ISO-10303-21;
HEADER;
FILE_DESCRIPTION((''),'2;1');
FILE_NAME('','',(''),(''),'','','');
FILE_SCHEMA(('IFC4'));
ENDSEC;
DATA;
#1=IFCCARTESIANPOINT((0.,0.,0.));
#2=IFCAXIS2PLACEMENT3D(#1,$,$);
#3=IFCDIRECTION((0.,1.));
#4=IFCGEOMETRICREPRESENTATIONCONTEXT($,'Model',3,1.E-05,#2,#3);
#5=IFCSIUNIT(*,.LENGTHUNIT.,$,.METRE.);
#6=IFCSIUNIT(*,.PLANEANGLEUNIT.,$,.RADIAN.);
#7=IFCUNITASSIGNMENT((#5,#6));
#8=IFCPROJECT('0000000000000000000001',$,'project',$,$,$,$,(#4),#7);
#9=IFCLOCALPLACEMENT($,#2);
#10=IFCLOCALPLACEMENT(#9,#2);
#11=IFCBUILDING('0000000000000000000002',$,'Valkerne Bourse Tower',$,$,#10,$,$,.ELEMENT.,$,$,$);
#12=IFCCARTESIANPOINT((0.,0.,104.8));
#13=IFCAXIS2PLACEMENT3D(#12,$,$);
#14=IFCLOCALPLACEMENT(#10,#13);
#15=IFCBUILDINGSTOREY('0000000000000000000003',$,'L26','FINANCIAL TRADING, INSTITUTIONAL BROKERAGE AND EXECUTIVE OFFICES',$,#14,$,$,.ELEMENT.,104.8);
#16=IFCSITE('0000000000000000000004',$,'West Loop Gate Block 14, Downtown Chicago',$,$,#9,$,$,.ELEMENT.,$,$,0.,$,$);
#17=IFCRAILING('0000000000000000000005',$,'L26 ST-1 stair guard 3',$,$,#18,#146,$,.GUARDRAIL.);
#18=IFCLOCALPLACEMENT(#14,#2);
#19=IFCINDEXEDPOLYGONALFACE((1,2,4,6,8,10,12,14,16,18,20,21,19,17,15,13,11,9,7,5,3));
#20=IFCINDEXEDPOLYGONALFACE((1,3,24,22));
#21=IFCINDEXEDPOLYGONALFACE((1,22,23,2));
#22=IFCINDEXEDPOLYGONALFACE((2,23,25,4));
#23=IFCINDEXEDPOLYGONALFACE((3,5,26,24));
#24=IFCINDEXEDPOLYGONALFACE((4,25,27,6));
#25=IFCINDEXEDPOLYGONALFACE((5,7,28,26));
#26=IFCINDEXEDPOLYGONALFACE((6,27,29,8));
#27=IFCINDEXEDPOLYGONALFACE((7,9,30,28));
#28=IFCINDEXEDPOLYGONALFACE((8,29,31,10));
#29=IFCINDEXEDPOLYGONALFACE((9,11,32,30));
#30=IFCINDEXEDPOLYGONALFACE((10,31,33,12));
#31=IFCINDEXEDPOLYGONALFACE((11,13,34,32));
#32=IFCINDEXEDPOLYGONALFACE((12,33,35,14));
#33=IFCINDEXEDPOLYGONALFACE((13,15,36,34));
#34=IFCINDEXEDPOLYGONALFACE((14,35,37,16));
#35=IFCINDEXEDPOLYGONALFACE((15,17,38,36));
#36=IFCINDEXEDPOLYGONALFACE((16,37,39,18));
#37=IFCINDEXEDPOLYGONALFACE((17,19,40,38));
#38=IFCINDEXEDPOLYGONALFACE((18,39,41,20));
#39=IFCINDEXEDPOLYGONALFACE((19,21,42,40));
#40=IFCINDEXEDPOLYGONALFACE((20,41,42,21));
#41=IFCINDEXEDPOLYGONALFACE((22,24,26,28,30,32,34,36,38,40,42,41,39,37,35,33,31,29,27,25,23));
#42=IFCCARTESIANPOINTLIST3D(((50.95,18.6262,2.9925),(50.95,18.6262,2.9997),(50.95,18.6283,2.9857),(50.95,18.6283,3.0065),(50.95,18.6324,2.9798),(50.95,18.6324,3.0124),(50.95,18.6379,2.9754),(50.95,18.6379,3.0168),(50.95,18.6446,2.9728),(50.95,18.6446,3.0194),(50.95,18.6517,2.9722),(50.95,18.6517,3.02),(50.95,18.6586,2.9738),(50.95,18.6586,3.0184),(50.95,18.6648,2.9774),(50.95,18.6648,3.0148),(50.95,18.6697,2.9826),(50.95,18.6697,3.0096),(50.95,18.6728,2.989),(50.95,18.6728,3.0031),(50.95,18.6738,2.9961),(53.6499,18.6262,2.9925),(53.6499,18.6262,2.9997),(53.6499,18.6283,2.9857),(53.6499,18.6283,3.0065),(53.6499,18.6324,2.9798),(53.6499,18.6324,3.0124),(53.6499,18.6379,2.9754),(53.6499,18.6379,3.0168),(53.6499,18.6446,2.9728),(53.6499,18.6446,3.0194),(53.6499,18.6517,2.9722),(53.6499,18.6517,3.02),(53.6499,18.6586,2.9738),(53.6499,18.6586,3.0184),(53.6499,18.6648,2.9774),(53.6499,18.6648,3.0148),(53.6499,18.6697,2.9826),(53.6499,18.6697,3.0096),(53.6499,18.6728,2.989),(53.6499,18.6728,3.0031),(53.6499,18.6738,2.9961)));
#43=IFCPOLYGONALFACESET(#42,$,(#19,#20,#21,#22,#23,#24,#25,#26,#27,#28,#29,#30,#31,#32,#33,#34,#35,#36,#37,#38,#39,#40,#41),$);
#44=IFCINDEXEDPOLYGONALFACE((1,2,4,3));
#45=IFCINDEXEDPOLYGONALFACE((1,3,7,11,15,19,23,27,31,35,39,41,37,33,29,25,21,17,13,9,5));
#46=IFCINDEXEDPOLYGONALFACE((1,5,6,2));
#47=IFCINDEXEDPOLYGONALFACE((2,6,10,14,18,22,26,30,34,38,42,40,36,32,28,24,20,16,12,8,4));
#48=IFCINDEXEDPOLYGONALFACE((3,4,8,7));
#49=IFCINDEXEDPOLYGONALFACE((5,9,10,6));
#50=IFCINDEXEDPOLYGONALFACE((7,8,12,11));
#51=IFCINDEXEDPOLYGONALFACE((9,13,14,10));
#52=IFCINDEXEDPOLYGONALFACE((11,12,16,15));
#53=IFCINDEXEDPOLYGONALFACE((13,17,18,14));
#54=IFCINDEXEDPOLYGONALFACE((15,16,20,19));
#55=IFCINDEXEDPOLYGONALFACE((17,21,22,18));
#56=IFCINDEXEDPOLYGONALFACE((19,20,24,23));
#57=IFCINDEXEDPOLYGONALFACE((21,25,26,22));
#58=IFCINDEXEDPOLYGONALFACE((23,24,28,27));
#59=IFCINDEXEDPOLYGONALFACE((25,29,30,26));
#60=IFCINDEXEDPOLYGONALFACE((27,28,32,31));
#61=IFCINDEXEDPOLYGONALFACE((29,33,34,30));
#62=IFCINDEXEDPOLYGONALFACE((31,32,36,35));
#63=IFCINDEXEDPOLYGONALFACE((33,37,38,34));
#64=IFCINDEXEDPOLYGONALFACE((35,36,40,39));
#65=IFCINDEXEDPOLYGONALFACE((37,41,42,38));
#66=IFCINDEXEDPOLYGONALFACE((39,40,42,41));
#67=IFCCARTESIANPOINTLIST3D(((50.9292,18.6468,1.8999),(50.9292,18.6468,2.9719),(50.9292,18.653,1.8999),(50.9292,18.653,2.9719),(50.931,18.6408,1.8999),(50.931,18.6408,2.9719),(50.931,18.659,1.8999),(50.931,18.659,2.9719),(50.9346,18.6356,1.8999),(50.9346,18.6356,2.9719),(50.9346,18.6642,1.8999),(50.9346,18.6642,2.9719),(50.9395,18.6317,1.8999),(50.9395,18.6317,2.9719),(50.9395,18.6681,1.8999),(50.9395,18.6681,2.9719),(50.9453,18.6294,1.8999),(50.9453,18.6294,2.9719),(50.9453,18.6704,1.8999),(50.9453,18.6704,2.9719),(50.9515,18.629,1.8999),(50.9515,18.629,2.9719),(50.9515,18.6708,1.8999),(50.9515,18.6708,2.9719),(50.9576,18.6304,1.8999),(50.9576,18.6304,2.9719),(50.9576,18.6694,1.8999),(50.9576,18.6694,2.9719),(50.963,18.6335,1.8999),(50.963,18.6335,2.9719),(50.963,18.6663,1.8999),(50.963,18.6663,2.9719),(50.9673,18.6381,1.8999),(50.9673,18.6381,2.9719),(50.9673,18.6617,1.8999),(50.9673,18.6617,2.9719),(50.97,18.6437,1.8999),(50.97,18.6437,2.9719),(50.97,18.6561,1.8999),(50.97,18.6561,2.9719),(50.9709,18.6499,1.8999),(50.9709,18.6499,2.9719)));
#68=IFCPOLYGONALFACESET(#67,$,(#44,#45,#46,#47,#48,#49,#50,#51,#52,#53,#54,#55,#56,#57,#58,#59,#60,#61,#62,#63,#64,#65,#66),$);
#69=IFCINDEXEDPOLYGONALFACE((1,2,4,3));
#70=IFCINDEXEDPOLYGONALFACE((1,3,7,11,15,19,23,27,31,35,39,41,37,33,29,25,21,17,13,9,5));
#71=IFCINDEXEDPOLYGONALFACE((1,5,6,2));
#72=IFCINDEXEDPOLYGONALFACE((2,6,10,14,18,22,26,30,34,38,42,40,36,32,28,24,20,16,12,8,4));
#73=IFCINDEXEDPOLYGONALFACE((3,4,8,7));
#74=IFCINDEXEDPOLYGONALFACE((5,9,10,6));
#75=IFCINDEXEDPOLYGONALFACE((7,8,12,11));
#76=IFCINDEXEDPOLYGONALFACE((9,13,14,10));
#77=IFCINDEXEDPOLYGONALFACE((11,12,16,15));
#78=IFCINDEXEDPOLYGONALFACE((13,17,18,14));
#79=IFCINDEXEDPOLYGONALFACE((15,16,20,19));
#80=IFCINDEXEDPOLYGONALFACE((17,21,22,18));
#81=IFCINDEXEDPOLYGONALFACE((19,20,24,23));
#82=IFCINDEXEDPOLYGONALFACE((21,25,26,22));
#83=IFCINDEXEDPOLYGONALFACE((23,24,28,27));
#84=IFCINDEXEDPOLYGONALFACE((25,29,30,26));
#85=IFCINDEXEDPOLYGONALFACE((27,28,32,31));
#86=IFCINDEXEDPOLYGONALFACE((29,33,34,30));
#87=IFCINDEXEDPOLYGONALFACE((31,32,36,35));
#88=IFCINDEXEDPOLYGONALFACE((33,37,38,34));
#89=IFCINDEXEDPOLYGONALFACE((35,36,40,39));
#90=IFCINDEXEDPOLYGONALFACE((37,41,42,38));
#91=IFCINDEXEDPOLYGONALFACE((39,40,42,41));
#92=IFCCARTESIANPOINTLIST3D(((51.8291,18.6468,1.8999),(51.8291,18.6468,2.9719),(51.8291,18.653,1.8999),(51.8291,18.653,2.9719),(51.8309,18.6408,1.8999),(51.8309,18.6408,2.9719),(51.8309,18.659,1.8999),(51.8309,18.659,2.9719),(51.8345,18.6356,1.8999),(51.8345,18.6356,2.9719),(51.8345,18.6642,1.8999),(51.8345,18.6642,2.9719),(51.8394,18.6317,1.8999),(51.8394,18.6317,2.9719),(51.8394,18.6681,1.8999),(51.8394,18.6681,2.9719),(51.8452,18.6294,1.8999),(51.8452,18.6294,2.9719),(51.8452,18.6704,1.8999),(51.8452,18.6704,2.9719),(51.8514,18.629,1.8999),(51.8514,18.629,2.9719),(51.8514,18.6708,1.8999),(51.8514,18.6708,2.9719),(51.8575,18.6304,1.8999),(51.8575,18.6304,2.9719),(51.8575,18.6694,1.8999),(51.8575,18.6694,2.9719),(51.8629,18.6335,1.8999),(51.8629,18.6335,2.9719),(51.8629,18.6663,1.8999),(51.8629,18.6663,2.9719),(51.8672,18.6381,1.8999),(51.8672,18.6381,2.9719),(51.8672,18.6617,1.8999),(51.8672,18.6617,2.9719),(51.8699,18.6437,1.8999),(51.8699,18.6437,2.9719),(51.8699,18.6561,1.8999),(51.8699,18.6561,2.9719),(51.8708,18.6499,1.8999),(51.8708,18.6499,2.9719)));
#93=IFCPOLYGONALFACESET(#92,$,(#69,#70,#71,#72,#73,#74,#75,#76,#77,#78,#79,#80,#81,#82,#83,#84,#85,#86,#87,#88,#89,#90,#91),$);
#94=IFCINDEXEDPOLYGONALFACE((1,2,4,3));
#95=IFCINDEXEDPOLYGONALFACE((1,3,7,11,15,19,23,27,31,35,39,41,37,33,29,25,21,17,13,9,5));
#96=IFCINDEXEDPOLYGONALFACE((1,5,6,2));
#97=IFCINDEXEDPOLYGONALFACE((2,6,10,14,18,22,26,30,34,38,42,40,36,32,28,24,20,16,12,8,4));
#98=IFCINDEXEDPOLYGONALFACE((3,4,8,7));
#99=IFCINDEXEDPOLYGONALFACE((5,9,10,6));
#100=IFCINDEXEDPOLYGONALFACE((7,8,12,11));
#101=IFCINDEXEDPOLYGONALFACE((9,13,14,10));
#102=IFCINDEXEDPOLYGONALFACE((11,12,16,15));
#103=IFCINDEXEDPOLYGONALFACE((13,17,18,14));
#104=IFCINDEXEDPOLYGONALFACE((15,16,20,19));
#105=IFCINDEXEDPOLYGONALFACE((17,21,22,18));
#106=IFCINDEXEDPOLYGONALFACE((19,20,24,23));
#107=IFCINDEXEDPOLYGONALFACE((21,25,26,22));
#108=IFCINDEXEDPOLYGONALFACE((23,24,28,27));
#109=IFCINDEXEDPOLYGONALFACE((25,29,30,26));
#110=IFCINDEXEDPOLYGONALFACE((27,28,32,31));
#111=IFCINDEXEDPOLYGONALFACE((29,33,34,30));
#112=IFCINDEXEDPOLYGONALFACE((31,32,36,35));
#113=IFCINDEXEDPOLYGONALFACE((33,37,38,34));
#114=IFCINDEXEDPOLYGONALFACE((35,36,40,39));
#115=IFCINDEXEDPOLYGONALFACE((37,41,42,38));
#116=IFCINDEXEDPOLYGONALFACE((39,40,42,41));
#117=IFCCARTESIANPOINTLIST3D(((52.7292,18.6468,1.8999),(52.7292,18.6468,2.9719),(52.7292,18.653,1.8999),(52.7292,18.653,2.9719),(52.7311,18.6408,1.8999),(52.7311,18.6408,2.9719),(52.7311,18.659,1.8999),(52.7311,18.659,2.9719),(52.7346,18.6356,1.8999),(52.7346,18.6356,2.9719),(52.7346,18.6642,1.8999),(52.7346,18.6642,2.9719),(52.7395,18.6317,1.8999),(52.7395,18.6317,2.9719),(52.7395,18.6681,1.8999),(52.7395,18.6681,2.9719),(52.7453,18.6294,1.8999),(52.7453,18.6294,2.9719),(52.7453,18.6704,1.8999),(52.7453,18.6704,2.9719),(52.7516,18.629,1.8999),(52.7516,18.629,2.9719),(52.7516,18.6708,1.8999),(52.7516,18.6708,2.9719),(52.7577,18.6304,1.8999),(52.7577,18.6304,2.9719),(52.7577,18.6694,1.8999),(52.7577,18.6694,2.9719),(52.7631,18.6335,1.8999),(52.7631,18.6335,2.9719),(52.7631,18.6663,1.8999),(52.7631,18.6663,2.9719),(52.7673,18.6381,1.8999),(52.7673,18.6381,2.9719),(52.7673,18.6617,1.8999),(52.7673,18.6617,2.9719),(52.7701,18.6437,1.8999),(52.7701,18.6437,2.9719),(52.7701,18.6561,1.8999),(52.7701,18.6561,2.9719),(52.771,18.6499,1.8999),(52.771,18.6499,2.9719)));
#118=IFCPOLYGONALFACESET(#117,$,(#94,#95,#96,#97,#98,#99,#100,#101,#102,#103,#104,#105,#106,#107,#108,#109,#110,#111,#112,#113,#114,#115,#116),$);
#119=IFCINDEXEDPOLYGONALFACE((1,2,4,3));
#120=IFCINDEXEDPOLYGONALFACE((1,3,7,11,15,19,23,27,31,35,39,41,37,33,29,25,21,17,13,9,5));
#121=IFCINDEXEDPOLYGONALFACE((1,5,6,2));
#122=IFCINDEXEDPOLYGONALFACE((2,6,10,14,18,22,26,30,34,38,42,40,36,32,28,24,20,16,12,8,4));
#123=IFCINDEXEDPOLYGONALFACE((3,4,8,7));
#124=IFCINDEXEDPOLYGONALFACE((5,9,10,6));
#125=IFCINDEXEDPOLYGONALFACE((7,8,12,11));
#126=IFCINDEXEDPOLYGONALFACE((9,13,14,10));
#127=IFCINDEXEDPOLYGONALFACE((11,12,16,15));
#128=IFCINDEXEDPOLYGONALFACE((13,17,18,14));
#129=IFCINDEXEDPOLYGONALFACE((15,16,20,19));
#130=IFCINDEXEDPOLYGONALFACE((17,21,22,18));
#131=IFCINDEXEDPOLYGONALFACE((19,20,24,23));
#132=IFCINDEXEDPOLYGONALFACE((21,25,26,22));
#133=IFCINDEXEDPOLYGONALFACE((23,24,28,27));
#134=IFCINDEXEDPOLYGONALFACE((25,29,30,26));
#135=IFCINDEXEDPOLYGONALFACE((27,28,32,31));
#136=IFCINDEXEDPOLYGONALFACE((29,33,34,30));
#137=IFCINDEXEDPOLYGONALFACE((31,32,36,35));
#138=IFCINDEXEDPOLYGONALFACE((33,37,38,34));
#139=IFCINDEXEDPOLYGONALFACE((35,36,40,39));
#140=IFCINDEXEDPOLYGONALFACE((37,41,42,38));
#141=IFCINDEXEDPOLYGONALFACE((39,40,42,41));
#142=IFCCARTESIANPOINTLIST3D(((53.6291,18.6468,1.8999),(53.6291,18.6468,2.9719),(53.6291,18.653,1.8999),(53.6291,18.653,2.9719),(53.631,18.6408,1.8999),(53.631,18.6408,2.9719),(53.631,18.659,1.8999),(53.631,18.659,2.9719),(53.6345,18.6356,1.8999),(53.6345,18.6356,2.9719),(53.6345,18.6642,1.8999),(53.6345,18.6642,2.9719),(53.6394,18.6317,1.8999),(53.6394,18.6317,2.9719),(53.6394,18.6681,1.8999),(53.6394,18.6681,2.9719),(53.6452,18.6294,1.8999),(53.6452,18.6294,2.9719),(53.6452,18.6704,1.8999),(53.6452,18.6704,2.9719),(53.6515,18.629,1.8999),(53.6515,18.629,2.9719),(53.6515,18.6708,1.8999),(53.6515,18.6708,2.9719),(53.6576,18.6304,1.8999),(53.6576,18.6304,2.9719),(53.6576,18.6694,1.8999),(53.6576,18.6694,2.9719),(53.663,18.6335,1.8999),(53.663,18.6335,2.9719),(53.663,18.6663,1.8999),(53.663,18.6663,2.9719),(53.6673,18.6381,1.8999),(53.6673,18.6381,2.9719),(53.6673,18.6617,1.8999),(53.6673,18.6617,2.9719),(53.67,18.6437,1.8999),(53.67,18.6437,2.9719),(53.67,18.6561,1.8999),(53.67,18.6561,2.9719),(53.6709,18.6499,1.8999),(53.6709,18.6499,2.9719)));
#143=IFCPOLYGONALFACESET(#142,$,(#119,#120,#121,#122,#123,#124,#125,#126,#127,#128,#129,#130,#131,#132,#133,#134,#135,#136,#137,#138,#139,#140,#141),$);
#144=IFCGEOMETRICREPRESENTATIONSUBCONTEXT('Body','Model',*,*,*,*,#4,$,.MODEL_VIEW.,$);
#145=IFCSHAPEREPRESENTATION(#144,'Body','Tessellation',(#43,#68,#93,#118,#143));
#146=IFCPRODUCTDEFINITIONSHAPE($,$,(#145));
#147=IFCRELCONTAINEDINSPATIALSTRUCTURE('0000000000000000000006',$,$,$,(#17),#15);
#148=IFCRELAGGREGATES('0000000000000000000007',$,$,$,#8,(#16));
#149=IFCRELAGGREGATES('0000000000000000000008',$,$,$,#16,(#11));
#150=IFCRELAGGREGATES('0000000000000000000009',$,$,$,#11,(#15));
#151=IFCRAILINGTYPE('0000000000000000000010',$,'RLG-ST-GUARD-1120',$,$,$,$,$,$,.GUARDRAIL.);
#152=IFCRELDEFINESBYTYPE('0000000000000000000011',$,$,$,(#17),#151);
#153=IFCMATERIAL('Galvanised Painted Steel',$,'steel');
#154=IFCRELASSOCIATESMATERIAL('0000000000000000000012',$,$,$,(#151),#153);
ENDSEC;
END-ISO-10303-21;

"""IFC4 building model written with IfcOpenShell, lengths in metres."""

from ifc_helpers import new_model, si_unit, direction, frame, origin, origin_2d, place, context, subcontext, project, spatial, circle, extrude, material, type_object, element, save


model = new_model("IFC4")

# Units and contexts
model_context = context("Model", 3, precision=1e-05, world=origin(), true_north=direction((0.0, 1.0)))
body_context = subcontext(model_context, "Body", "Model", "MODEL_VIEW")
ifc_project = project(units=[si_unit("LENGTHUNIT", "METRE"), si_unit("PLANEANGLEUNIT", "RADIAN")], contexts=[model_context])

# Site, building, storey
site_placement = place(None, origin())
site = spatial("IfcSite", under=ifc_project, at=site_placement, Name="West Loop Gate Block 14, Downtown Chicago", CompositionType="ELEMENT", RefElevation=0.0)
building_placement = place(site_placement, origin())
building = spatial("IfcBuilding", under=site, at=building_placement, Name="Valkerne Bourse Tower", CompositionType="ELEMENT")
storey_placement = place(building_placement, frame((0.0, 0.0, 104.8)))
storey = spatial("IfcBuildingStorey", under=building, at=storey_placement, Name="L26", Description="FINANCIAL TRADING, INSTITUTIONAL BROKERAGE AND EXECUTIVE OFFICES", CompositionType="ELEMENT", Elevation=104.8)

# Shared definitions
ifc_material_1 = material(Name="Galvanised Painted Steel", Category="steel")

# Railing
railing_type_1 = type_object("IfcRailingType", Name="RLG-ST-GUARD-1120", PredefinedType="GUARDRAIL", material=ifc_material_1)
for number, where, name in (
    (1, (50.95, 18.6499, 1.8999), "L26 ST-1 stair guard 3"),
):
    element("IfcRailing", number, at=place(storey_placement, frame(where)), inside=storey, type_object=railing_type_1, Name=name, PredefinedType="GUARDRAIL", context=body_context, shape_type="SweptSolid", body=[
        extrude(circle(Radius=0.0239, at=origin_2d()), frame((0.0, 0.0, 1.0962), z_axis=(1.0, 0.0, 0.0), x_axis=(0.0, 1.0, 0.0)), (0.0, 0.0, 1.0), 2.7),
        extrude(circle(Radius=0.021, at=origin_2d()), origin(), (0.0, 0.0, 1.0), 1.072),
        extrude(circle(Radius=0.021, at=origin_2d()), frame((0.8999, 0.0, 0.0)), (0.0, 0.0, 1.0), 1.072),
        extrude(circle(Radius=0.021, at=origin_2d()), frame((1.8, 0.0, 0.0)), (0.0, 0.0, 1.0), 1.072),
        extrude(circle(Radius=0.021, at=origin_2d()), frame((2.7, 0.0, 0.0)), (0.0, 0.0, 1.0), 1.072),
    ])

save(model, "model.ifc")
